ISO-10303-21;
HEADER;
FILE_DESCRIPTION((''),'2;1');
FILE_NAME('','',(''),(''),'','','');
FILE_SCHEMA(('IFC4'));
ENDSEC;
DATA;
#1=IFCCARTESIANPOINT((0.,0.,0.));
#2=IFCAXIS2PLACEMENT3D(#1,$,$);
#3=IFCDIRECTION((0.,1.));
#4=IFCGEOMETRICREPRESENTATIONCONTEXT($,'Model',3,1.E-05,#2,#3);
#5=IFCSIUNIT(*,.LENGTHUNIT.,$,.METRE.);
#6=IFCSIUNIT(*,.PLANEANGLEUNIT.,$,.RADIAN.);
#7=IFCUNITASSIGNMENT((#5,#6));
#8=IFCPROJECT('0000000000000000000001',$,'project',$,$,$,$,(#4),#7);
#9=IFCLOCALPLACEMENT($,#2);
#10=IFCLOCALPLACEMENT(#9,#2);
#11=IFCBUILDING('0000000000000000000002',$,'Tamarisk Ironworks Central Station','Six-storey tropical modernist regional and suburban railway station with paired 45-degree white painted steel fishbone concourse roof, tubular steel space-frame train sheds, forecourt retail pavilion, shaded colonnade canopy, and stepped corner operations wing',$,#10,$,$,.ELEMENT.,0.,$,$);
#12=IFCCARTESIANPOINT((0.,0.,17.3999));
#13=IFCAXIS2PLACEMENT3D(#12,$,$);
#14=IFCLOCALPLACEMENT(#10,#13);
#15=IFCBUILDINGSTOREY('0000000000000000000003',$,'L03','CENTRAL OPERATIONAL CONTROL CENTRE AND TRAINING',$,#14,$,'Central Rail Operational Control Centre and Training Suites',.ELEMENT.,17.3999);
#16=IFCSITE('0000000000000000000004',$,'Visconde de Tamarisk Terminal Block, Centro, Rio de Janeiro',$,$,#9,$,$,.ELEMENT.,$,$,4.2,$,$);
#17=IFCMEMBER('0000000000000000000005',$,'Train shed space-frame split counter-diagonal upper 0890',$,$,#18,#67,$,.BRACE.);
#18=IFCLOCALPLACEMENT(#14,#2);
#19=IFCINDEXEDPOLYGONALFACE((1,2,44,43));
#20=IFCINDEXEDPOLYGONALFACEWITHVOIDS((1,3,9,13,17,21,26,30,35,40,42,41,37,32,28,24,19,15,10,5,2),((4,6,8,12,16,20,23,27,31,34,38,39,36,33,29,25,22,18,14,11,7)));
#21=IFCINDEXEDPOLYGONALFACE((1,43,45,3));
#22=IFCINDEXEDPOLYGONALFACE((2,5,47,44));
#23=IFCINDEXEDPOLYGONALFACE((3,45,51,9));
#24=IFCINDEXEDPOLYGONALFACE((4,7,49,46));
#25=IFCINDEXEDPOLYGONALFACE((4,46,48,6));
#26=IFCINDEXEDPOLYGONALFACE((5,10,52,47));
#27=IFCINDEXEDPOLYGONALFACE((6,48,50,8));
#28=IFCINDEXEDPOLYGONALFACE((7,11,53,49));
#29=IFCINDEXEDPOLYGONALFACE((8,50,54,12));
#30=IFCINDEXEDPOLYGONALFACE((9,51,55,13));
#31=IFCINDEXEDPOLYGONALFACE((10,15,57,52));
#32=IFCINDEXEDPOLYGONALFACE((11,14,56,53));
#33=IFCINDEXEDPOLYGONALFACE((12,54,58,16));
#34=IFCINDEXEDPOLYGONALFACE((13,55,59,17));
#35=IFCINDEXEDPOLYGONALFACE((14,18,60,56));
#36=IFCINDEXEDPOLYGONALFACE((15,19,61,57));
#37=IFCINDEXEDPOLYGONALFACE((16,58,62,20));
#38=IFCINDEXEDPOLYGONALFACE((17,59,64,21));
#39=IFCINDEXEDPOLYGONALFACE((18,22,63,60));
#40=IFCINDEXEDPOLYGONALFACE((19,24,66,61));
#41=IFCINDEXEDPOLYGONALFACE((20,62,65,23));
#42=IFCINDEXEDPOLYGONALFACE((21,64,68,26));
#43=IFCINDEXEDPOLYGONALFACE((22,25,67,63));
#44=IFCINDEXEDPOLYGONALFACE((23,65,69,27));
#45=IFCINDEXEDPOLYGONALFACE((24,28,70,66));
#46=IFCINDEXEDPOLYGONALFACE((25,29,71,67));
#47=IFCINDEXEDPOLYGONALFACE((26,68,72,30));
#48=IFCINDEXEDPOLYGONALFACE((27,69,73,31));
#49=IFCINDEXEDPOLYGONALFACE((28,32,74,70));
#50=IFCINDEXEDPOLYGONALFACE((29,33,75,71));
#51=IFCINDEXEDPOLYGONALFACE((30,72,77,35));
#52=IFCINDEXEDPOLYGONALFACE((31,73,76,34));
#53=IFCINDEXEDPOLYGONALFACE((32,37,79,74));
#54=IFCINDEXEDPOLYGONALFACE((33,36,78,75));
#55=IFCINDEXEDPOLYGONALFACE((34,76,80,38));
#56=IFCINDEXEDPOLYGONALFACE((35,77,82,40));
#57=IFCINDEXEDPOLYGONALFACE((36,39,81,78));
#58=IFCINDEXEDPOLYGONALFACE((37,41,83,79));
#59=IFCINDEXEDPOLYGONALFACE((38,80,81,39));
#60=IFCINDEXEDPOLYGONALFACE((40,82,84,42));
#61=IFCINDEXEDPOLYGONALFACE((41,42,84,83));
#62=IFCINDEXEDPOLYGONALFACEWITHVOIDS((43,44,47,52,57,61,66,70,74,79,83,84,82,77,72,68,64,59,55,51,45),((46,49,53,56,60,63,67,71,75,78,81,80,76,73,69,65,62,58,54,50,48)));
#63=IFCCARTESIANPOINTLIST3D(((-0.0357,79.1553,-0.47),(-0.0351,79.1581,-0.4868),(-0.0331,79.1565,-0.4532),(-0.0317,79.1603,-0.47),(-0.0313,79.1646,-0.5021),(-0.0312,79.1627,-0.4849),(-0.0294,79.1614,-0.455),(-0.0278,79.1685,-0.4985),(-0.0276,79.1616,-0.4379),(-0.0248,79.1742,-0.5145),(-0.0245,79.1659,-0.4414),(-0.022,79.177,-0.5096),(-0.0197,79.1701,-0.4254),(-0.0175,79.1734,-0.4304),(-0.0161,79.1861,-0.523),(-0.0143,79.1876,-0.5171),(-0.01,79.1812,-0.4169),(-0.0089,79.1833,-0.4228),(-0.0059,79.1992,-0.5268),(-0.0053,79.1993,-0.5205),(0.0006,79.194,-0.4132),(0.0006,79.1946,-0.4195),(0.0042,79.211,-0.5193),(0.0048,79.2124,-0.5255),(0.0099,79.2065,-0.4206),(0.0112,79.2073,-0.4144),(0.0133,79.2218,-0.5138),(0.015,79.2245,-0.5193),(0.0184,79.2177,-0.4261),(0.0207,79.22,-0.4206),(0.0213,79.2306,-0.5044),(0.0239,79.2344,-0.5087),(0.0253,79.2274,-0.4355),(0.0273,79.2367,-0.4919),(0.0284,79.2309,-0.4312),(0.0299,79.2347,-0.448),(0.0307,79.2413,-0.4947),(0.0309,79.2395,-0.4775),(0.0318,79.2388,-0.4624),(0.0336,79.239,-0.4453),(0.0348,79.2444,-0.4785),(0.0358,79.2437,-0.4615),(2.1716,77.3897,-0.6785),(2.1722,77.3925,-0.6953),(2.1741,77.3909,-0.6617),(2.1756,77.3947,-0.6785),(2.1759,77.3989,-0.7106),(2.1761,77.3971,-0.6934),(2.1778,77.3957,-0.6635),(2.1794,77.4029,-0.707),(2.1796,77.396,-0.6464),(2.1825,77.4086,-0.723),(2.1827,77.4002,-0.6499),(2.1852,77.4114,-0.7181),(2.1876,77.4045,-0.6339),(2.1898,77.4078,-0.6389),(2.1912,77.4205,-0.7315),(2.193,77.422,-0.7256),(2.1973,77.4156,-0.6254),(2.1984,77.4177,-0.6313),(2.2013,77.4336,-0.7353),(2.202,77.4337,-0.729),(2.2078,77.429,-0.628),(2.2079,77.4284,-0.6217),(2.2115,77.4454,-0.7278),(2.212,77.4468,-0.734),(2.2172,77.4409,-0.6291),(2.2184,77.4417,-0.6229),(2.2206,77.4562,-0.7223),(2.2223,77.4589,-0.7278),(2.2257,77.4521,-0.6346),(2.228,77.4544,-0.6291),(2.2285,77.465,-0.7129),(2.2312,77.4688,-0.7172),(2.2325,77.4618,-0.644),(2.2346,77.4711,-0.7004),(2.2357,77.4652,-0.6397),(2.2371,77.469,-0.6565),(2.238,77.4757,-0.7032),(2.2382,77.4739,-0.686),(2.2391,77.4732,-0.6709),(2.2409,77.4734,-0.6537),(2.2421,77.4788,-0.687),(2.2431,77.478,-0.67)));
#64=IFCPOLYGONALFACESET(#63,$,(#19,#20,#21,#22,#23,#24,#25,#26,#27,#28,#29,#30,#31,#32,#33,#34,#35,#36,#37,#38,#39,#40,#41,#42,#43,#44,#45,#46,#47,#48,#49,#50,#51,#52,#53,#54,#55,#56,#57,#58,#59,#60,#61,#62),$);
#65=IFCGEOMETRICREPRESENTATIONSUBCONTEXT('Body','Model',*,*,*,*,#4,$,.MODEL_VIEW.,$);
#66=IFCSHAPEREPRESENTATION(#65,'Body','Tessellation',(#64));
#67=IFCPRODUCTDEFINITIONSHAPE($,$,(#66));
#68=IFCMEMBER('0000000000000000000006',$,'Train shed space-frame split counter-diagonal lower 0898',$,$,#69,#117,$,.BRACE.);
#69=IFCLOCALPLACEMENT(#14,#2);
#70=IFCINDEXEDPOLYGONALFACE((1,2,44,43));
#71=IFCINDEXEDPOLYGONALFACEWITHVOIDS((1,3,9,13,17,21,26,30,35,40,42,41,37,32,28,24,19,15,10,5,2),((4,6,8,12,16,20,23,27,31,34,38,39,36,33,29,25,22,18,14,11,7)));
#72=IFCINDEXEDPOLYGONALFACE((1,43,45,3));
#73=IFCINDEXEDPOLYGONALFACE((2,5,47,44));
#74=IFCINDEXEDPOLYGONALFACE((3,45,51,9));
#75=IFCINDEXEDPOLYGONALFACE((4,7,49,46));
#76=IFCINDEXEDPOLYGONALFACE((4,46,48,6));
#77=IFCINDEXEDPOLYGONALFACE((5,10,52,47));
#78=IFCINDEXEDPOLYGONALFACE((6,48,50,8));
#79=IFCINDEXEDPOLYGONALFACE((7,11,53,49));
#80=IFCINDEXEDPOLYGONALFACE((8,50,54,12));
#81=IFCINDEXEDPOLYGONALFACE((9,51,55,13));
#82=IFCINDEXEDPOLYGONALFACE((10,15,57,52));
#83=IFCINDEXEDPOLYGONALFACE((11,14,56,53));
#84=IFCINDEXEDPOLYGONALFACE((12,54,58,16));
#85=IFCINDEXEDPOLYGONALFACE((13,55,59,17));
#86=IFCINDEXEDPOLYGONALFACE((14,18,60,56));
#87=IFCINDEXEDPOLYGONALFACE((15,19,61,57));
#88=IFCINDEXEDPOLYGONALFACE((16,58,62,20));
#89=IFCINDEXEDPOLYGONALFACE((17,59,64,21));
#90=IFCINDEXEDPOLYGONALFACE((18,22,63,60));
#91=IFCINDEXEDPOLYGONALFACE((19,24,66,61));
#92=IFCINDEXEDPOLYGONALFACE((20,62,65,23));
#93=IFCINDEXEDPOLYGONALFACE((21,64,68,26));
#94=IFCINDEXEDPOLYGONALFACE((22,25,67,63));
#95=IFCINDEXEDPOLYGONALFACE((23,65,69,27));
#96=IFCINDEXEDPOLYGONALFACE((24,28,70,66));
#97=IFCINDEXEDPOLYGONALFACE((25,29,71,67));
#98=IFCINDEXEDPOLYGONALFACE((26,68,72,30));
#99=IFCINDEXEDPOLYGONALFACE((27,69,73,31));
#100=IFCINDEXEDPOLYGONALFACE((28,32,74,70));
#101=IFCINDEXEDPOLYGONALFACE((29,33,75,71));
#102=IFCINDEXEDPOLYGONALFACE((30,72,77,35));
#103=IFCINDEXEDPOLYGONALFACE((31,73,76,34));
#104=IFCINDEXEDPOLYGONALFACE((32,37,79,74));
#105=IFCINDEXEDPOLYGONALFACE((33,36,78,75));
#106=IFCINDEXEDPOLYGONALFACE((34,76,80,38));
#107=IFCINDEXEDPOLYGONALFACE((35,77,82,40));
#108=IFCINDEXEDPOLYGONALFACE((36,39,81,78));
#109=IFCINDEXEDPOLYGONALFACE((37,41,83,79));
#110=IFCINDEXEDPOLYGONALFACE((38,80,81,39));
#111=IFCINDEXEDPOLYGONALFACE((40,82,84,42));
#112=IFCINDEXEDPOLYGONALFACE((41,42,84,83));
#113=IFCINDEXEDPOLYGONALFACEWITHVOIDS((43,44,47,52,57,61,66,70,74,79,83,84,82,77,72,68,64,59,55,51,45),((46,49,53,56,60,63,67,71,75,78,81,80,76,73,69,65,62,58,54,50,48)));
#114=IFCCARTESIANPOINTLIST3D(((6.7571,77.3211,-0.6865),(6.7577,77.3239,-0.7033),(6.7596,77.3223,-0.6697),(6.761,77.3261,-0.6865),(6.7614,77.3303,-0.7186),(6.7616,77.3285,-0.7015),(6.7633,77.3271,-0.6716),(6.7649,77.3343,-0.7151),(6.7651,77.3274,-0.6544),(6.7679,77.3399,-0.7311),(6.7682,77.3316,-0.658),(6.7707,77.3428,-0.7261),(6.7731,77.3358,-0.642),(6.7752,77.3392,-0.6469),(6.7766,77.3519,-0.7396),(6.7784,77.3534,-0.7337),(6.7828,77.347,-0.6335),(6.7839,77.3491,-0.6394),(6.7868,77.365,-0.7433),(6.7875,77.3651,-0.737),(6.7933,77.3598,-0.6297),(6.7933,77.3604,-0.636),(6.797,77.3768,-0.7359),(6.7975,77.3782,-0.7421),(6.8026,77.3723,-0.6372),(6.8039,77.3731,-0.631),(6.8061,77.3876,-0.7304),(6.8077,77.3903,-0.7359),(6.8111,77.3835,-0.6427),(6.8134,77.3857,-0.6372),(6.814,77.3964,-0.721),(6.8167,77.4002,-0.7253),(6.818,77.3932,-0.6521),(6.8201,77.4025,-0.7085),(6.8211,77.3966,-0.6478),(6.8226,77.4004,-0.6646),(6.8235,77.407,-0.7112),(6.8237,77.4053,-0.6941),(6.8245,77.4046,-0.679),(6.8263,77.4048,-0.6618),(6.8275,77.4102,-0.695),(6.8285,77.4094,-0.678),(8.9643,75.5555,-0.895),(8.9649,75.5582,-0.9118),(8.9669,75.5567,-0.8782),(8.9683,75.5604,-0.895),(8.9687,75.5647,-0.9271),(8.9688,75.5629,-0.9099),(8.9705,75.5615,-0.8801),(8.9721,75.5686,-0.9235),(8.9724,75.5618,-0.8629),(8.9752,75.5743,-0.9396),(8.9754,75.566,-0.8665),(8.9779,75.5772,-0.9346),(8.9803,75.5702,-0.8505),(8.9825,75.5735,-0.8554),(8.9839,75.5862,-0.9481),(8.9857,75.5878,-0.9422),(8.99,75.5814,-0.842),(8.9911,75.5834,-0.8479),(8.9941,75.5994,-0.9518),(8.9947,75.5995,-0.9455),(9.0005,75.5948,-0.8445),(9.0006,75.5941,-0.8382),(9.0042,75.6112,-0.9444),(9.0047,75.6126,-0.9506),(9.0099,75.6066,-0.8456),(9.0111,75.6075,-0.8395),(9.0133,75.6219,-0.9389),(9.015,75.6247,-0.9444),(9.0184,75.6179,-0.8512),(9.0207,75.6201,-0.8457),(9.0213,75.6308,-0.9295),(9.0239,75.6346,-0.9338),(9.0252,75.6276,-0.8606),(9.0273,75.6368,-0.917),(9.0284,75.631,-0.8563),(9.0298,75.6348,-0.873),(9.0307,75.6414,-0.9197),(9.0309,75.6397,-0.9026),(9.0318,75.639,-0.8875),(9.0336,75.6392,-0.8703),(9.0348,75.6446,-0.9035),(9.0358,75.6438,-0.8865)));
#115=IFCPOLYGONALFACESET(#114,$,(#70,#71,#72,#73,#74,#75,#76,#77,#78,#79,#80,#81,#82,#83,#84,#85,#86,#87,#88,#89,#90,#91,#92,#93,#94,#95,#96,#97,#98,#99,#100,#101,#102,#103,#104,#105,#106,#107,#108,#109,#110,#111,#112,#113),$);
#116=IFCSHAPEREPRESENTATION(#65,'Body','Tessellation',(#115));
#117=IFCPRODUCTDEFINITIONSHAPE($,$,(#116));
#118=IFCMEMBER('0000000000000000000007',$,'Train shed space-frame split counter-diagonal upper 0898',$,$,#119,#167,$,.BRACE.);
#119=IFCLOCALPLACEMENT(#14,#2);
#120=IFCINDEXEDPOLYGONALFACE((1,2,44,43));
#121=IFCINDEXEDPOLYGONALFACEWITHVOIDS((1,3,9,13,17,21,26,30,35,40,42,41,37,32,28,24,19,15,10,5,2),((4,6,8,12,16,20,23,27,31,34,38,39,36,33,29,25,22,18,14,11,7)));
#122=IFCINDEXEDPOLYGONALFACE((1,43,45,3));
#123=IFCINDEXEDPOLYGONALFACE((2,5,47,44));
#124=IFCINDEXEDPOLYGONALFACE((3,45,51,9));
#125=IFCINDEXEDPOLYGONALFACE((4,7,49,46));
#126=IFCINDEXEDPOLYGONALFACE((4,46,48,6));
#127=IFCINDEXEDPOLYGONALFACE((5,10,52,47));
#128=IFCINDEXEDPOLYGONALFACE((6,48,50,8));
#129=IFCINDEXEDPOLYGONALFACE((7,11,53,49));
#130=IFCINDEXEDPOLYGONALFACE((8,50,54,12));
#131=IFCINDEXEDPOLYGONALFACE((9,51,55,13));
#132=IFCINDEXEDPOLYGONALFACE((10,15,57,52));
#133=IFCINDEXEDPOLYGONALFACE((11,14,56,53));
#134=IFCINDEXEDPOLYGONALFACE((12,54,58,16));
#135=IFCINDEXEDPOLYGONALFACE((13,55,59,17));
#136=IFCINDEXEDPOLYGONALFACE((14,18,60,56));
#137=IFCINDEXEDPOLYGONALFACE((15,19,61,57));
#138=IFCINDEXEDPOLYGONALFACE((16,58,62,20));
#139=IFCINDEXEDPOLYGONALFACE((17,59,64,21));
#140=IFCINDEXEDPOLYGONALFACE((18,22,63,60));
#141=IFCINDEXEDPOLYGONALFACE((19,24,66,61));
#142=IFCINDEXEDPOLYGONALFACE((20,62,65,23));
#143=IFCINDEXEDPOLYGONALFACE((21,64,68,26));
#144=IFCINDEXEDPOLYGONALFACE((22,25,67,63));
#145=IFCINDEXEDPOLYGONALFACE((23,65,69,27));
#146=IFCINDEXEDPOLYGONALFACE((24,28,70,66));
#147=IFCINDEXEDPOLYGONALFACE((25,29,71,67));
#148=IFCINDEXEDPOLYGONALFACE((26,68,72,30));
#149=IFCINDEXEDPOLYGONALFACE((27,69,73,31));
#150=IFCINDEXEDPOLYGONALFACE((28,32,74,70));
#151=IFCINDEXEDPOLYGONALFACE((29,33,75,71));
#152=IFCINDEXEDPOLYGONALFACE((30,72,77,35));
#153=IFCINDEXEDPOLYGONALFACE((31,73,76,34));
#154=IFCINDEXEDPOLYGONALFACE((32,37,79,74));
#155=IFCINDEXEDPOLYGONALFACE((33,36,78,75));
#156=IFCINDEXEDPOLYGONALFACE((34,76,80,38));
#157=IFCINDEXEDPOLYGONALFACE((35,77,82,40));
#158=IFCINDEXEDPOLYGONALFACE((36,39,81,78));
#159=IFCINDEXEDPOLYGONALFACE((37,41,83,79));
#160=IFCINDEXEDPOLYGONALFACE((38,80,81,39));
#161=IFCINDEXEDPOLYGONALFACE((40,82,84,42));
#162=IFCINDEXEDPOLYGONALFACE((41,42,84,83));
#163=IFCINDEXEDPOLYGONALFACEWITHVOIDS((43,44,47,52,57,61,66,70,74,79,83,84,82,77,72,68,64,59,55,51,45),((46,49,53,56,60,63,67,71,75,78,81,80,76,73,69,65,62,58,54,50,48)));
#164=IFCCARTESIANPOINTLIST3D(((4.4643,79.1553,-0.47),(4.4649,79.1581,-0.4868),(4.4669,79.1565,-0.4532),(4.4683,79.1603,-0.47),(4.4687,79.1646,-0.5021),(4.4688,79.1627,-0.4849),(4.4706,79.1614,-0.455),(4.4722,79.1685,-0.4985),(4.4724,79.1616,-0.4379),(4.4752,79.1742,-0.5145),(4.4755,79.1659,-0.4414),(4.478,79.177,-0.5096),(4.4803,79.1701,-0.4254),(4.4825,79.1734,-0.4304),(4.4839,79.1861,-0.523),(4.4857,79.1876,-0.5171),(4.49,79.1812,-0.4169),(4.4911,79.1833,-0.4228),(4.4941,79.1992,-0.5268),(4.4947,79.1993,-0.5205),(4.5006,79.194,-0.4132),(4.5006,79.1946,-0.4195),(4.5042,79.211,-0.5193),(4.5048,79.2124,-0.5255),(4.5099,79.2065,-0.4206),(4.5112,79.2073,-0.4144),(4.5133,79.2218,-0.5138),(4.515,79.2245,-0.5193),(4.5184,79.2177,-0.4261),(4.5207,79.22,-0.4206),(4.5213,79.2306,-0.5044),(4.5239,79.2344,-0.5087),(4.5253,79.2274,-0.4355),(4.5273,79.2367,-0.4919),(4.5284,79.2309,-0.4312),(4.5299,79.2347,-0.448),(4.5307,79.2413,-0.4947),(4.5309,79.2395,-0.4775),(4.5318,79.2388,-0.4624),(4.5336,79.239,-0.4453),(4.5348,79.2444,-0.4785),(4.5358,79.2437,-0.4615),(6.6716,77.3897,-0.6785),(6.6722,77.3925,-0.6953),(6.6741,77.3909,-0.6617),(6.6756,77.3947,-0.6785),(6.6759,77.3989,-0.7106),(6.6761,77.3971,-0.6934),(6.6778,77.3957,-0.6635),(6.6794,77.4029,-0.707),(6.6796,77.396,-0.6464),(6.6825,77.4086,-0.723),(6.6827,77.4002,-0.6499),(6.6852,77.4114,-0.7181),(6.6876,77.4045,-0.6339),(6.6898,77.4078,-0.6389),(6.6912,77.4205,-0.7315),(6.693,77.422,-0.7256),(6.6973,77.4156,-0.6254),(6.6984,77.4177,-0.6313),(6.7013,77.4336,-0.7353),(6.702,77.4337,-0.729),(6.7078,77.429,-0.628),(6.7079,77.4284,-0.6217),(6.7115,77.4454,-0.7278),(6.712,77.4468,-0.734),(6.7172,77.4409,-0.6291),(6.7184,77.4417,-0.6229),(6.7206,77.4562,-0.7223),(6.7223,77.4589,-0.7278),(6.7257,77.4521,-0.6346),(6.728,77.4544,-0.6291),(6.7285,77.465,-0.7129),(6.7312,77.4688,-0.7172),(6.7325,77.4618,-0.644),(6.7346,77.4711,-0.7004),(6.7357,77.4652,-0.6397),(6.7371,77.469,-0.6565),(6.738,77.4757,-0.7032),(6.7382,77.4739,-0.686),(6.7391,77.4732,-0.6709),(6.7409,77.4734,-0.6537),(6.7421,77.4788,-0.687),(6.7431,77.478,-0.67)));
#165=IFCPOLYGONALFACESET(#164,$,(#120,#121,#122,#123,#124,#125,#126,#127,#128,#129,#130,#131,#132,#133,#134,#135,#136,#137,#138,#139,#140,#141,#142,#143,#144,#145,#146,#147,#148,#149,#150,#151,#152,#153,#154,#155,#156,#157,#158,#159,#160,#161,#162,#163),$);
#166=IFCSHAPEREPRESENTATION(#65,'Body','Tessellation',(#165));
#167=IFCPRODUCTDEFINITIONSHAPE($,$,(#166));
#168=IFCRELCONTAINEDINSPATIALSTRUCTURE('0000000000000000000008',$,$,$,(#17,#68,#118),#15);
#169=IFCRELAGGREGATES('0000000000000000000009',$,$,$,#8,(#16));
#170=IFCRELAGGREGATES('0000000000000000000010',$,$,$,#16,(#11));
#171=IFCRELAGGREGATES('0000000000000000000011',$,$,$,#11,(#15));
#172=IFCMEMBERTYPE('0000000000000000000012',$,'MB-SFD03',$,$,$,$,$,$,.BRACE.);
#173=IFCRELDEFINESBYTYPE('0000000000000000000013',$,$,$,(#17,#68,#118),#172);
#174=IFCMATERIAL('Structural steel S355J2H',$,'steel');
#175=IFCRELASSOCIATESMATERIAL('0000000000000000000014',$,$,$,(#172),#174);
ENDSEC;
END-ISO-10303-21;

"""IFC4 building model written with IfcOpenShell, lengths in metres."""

from ifc_helpers import new_model, si_unit, direction, frame, origin, origin_2d, place, context, subcontext, project, spatial, hollow_circle, extrude, material, material_profile, profile_set, type_object, element, save


model = new_model("IFC4")

# Units and contexts
model_context = context("Model", 3, precision=1e-05, world=origin(), true_north=direction((0.0, 1.0)))
body_context = subcontext(model_context, "Body", "Model", "MODEL_VIEW")
ifc_project = project(units=[si_unit("LENGTHUNIT", "METRE"), si_unit("PLANEANGLEUNIT", "RADIAN")], contexts=[model_context])

# Site, building, storey
site_placement = place(None, origin())
site = spatial("IfcSite", under=ifc_project, at=site_placement, Name="Visconde de Tamarisk Terminal Block, Centro, Rio de Janeiro", CompositionType="ELEMENT", RefElevation=4.2)
building_placement = place(site_placement, origin())
building = spatial("IfcBuilding", under=site, at=building_placement, Name="Tamarisk Ironworks Central Station", Description="Six-storey tropical modernist regional and suburban railway station with paired 45-degree white painted steel fishbone concourse roof, tubular steel space-frame train sheds, forecourt retail pavilion, shaded colonnade canopy, and stepped corner operations wing", CompositionType="ELEMENT", ElevationOfRefHeight=0.0)
storey_placement = place(building_placement, frame((0.0, 0.0, 17.3999)))
storey = spatial("IfcBuildingStorey", under=building, at=storey_placement, Name="L03", Description="CENTRAL OPERATIONAL CONTROL CENTRE AND TRAINING", LongName="Central Rail Operational Control Centre and Training Suites", CompositionType="ELEMENT", Elevation=17.3999)

# Members
ifc_material_1 = material(Name="Structural steel S355J2H", Category="steel")
ifc_material_profile_1 = material_profile(ifc_material_1, hollow_circle(Radius=0.0571, WallThickness=0.0063, at=origin_2d()), Name="CHS 114.3x6.3")
ifc_profile_set_1 = profile_set([ifc_material_profile_1], Name="Structural steel S355J2H")
member_type_1 = type_object("IfcMemberType", Name="MB-SFD03", PredefinedType="BRACE", material=ifc_profile_set_1)
for number, where, z_axis, x_axis, name in (
    (1, (2.2073, 77.4343, -0.6785), (-0.778787, 0.62296, 0.073563), (-0.624653, -0.780903, 0.0), "Train shed space-frame split counter-diagonal upper 0890"),
    (2, (9.0, 75.6001, -0.895), (-0.778787, 0.62296, 0.073563), (-0.624653, -0.780903, 0.0), "Train shed space-frame split counter-diagonal lower 0898"),
    (3, (6.7073, 77.4343, -0.6785), (-0.778787, 0.62296, 0.073563), (-0.624653, -0.780903, 0.0), "Train shed space-frame split counter-diagonal upper 0898"),
):
    element("IfcMember", number, at=place(storey_placement, frame(where, z_axis=z_axis, x_axis=x_axis)), inside=storey, type_object=member_type_1, Name=name, PredefinedType="BRACE", context=body_context, shape_type="SweptSolid", body=[
        extrude(hollow_circle(Radius=0.0571, WallThickness=0.0063, at=origin_2d()), origin(), (0.0, 0.0, 1.0), 2.8342),
    ])

save(model, "model.ifc")
